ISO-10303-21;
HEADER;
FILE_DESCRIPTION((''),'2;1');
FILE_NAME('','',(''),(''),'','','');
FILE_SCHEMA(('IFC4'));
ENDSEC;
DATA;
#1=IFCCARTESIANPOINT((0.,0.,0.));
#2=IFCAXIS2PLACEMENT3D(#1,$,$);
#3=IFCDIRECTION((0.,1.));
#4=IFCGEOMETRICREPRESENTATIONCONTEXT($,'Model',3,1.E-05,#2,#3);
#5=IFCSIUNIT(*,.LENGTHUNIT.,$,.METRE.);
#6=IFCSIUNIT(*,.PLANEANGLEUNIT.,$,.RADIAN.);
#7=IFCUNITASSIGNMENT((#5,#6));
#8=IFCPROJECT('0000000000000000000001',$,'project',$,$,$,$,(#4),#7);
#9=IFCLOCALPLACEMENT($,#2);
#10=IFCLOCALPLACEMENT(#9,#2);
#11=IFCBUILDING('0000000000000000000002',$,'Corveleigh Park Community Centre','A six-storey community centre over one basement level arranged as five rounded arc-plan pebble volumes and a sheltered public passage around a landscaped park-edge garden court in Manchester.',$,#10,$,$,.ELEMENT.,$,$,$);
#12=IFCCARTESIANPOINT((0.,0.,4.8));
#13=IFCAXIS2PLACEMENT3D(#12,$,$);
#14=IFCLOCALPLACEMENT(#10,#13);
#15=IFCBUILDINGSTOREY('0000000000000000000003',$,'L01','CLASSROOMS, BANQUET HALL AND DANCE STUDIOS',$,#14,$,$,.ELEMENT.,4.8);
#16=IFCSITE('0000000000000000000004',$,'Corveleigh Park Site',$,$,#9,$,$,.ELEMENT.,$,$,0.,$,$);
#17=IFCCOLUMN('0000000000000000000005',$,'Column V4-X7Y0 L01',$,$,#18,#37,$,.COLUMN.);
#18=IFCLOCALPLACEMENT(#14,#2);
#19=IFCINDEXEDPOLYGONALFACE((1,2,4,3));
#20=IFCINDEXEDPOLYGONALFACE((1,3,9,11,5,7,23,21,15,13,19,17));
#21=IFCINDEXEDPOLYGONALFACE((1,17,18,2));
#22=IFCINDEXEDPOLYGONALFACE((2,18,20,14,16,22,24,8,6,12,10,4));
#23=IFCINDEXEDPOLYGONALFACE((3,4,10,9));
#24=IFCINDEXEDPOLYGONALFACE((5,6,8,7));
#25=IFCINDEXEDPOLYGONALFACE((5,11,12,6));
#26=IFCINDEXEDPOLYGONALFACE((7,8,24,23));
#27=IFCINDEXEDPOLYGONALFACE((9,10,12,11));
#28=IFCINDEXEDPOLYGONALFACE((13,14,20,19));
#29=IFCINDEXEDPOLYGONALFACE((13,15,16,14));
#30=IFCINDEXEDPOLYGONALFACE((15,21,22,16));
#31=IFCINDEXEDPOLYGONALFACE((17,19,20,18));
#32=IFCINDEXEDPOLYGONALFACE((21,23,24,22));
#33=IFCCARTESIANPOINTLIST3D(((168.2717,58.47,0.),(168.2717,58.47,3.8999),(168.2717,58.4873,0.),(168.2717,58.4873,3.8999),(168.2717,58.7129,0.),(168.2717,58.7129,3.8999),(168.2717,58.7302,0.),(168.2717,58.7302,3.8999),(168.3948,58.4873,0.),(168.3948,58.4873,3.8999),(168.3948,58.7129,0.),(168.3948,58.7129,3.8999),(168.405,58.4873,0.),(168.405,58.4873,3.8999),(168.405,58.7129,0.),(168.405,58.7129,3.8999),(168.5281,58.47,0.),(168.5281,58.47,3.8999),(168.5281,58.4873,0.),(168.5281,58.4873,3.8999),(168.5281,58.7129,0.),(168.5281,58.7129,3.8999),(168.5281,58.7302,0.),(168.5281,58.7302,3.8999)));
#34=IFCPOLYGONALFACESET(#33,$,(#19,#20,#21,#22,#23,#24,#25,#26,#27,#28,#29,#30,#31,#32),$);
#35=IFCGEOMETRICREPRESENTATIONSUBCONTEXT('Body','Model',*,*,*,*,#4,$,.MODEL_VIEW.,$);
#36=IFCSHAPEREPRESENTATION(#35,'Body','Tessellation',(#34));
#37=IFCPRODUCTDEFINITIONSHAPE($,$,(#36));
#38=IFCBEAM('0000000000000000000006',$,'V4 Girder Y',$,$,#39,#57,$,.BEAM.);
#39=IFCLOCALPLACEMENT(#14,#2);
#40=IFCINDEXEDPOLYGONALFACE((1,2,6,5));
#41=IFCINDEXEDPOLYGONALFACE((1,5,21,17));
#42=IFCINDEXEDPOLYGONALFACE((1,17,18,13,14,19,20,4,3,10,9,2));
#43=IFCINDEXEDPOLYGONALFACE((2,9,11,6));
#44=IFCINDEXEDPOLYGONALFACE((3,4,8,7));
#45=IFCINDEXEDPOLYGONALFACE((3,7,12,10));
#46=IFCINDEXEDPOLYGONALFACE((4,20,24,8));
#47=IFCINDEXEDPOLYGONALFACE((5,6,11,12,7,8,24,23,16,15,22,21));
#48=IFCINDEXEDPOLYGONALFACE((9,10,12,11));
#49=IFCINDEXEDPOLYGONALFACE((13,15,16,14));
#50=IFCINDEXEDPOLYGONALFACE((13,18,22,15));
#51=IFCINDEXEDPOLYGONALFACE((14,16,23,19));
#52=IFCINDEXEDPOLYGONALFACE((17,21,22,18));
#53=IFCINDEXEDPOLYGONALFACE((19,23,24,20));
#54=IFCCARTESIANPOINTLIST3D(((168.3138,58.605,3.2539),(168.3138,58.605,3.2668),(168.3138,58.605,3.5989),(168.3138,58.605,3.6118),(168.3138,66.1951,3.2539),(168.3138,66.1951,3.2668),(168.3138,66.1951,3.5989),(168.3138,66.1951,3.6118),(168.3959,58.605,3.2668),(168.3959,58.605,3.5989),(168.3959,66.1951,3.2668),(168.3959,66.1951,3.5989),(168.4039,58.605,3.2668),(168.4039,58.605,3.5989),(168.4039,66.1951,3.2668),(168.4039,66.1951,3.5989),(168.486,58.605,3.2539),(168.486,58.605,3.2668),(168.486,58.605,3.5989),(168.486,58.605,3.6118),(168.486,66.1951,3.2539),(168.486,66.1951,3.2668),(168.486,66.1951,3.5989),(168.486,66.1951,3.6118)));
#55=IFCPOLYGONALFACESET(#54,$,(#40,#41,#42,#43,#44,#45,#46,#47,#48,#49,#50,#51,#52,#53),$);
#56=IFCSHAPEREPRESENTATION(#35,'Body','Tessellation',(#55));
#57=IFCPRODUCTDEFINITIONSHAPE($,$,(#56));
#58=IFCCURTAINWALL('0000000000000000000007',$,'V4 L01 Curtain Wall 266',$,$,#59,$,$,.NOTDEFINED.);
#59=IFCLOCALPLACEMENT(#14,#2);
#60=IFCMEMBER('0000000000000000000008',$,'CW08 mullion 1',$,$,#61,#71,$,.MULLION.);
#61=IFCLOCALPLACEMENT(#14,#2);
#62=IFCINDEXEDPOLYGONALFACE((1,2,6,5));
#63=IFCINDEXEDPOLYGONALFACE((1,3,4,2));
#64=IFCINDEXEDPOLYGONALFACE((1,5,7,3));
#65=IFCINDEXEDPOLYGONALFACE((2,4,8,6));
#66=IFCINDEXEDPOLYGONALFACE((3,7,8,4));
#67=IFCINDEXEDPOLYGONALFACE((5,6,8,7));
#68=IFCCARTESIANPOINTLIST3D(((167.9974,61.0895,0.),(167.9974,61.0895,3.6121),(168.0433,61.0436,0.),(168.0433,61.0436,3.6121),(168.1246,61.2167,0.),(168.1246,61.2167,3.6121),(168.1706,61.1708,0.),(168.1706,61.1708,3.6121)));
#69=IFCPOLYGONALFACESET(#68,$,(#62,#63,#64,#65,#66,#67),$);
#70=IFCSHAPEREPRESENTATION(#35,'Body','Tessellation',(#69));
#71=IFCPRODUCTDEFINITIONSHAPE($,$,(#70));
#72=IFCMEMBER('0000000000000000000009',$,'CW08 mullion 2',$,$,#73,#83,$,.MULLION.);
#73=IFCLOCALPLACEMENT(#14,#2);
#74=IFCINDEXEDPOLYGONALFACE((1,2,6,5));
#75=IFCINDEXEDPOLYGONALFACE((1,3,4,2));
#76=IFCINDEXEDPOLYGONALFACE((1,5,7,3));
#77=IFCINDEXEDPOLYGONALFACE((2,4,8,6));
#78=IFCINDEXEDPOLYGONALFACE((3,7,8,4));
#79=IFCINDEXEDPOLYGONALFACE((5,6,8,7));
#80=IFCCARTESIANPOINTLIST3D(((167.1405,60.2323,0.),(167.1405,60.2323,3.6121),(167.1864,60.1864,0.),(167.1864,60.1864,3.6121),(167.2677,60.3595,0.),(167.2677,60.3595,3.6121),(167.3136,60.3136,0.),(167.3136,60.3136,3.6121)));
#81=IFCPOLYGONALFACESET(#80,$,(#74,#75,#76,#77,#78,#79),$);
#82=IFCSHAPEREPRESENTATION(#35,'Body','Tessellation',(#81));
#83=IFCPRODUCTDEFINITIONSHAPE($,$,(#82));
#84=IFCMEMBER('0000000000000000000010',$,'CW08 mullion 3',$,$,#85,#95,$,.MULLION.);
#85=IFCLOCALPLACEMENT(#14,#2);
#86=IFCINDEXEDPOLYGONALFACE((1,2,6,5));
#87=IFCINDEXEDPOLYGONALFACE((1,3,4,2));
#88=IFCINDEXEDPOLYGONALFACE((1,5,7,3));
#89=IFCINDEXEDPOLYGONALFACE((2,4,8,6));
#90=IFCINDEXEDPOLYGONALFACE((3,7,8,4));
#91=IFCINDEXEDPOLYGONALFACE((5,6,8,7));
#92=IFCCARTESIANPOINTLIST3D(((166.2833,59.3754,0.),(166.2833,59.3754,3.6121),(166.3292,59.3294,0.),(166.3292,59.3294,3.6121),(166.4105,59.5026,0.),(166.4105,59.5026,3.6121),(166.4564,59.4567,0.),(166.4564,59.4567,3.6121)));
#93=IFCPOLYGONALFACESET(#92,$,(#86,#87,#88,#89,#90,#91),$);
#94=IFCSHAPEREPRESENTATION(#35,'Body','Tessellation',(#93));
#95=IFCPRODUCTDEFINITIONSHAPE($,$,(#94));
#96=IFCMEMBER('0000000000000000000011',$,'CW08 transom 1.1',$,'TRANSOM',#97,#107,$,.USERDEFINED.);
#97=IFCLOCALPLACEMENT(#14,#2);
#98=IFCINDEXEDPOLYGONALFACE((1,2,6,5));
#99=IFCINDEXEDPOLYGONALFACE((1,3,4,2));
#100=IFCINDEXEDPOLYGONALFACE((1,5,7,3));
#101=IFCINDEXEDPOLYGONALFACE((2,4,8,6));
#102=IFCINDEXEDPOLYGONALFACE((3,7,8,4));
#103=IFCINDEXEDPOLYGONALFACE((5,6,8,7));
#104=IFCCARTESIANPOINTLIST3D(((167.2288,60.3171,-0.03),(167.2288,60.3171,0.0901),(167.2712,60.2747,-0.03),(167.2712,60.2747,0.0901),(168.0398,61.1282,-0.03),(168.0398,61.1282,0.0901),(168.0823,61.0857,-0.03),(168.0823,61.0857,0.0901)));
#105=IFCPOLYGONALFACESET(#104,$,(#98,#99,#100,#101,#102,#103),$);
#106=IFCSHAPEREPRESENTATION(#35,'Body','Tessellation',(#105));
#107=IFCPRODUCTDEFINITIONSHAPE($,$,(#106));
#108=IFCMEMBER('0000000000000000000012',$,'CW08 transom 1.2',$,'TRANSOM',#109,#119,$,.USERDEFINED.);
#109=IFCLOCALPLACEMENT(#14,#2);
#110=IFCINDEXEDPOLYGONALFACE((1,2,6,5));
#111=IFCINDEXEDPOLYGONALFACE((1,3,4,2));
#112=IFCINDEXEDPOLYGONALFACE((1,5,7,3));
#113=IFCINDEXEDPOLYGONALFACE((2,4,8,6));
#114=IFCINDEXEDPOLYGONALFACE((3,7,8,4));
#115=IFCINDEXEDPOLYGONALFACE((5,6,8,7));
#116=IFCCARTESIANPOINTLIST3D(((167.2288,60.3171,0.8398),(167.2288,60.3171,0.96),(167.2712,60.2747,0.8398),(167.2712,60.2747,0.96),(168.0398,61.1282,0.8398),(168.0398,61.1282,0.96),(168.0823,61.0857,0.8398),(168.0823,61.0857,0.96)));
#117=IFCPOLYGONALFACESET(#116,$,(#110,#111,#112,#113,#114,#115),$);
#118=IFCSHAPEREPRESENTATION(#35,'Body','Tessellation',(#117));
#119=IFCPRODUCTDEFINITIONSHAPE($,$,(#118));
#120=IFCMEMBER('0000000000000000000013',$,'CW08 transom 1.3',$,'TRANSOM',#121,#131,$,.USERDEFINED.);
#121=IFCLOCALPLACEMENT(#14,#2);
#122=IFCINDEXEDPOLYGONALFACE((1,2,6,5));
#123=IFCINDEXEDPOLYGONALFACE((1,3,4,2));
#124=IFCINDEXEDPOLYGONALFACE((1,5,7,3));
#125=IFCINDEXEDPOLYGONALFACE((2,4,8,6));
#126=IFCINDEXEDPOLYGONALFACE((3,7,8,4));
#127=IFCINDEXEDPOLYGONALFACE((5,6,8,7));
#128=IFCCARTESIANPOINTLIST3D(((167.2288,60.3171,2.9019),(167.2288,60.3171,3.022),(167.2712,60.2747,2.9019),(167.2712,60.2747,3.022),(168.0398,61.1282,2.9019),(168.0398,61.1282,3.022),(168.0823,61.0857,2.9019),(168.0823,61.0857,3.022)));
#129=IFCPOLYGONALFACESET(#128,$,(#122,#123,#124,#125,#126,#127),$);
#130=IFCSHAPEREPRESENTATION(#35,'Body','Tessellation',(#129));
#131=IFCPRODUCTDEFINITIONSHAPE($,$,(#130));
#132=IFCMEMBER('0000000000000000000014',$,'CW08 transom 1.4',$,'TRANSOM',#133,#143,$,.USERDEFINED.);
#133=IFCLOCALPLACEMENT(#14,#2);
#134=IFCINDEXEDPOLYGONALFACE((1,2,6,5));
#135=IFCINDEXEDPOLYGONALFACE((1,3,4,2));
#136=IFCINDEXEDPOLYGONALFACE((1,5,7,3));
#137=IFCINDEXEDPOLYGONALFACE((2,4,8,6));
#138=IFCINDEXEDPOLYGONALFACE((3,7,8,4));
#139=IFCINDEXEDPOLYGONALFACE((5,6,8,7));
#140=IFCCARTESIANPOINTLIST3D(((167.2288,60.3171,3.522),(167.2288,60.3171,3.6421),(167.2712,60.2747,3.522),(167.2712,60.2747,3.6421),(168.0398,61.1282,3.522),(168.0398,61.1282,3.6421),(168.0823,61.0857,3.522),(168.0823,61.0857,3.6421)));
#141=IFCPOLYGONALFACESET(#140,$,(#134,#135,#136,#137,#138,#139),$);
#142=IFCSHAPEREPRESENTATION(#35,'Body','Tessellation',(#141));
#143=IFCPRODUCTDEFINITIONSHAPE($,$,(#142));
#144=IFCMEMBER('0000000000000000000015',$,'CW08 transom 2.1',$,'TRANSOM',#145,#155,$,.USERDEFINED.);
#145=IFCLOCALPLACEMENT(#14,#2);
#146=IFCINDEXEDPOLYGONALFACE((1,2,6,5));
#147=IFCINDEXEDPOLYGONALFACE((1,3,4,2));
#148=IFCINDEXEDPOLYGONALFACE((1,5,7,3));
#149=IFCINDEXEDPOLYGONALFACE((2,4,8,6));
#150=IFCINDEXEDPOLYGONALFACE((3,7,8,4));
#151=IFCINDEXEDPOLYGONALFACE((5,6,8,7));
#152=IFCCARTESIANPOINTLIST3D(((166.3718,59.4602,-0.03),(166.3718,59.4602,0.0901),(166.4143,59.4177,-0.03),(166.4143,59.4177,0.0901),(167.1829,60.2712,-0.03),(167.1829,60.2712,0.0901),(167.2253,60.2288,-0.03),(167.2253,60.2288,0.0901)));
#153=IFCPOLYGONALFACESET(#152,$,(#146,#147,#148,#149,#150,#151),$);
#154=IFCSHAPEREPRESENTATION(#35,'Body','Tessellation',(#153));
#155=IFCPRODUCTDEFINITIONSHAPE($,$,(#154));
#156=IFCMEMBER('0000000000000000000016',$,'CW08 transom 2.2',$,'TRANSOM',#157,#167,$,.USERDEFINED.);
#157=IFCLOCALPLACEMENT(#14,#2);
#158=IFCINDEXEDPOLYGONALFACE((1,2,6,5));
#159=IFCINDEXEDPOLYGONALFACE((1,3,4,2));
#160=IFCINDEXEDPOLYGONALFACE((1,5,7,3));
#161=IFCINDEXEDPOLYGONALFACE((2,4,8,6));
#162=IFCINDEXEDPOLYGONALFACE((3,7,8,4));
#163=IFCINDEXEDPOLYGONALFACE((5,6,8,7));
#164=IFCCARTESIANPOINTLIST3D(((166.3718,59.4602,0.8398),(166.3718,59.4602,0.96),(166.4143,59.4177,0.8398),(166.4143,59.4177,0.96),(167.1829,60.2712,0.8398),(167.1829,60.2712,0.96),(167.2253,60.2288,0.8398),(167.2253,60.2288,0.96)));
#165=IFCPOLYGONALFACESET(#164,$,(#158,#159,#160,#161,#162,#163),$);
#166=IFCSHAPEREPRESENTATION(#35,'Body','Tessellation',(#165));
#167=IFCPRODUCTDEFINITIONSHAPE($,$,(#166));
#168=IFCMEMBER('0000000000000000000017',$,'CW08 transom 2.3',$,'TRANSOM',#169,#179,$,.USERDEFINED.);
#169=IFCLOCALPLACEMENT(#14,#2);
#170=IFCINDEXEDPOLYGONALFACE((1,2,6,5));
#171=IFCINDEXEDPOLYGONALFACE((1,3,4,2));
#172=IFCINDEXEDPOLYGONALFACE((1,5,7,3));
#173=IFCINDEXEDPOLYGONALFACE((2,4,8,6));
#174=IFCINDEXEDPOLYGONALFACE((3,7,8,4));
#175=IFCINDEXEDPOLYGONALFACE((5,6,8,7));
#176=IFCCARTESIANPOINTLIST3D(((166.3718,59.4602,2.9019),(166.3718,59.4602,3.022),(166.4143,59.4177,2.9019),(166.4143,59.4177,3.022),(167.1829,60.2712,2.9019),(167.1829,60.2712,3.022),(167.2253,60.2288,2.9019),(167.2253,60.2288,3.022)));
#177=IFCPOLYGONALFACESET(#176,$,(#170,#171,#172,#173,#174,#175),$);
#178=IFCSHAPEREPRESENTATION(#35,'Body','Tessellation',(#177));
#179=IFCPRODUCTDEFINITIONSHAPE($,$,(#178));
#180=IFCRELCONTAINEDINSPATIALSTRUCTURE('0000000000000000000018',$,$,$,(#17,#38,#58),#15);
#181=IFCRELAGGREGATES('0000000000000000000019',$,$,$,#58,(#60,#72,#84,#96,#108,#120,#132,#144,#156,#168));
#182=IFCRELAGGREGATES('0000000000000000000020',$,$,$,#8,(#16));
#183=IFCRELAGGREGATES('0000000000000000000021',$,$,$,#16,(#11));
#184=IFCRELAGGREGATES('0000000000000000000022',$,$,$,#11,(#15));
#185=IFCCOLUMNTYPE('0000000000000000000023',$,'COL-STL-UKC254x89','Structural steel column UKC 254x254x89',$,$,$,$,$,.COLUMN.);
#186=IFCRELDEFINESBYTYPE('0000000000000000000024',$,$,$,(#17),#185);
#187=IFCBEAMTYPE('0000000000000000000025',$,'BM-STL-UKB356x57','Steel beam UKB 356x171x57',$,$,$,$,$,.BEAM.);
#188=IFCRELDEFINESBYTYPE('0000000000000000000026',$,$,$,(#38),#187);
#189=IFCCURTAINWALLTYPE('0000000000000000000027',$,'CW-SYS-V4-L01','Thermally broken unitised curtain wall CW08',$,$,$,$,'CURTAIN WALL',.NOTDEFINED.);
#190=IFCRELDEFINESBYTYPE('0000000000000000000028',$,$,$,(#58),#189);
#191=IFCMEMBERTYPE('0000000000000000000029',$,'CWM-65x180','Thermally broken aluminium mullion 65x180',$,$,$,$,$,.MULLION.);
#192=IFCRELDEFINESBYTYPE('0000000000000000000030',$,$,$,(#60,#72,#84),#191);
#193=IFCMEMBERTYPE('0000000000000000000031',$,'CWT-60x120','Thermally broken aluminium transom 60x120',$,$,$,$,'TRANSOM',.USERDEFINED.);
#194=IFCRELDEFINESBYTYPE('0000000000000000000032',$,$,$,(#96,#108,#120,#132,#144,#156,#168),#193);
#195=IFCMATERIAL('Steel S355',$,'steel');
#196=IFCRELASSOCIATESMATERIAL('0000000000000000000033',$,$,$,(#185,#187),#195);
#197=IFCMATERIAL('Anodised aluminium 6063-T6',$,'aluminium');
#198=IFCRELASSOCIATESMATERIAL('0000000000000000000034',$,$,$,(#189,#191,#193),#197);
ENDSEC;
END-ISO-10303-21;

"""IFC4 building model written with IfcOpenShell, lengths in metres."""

from ifc_helpers import new_model, si_unit, direction, frame, origin, origin_2d, place, context, subcontext, project, spatial, rectangle, i_section, extrude, material, material_profile, profile_set, type_object, element, aggregate, save


model = new_model("IFC4")

# Units and contexts
model_context = context("Model", 3, precision=1e-05, world=origin(), true_north=direction((0.0, 1.0)))
body_context = subcontext(model_context, "Body", "Model", "MODEL_VIEW")
ifc_project = project(units=[si_unit("LENGTHUNIT", "METRE"), si_unit("PLANEANGLEUNIT", "RADIAN")], contexts=[model_context])

# Site, building, storey
site_placement = place(None, origin())
site = spatial("IfcSite", under=ifc_project, at=site_placement, Name="Corveleigh Park Site", CompositionType="ELEMENT", RefElevation=0.0)
building_placement = place(site_placement, origin())
building = spatial("IfcBuilding", under=site, at=building_placement, Name="Corveleigh Park Community Centre", Description="A six-storey community centre over one basement level arranged as five rounded arc-plan pebble volumes and a sheltered public passage around a landscaped park-edge garden court in Manchester.", CompositionType="ELEMENT")
storey_placement = place(building_placement, frame((0.0, 0.0, 4.8)))
storey = spatial("IfcBuildingStorey", under=building, at=storey_placement, Name="L01", Description="CLASSROOMS, BANQUET HALL AND DANCE STUDIOS", CompositionType="ELEMENT", Elevation=4.8)

# Column
ifc_material_1 = material(Name="Steel S355", Category="steel")
ifc_material_profile_1 = material_profile(ifc_material_1, i_section(OverallWidth=0.2563, OverallDepth=0.2603, WebThickness=0.0103, FlangeThickness=0.0173, at=origin_2d()), Name="UKC 254x254x89", Category="steel")
ifc_profile_set_1 = profile_set([ifc_material_profile_1], Name="Steel S355")
column_type = type_object("IfcColumnType", Name="COL-STL-UKC254x89", Description="Structural steel column UKC 254x254x89", PredefinedType="COLUMN", material=ifc_profile_set_1)
column_placement = place(storey_placement, frame((168.3999, 58.6001, 0.0), z_axis=(0.0, 0.0, 1.0), x_axis=(1.0, 0.0, 0.0)))
element("IfcColumn", 1, at=column_placement, inside=storey, type_object=column_type, Name="Column V4-X7Y0 L01", PredefinedType="COLUMN", context=body_context, shape_type="SweptSolid", body=[
    extrude(i_section(OverallWidth=0.2563, OverallDepth=0.2603, WebThickness=0.0103, FlangeThickness=0.0173, at=origin_2d()), origin(), (0.0, 0.0, 1.0), 3.8999),
])

# Beam
ifc_material_profile_2 = material_profile(ifc_material_1, i_section(OverallWidth=0.1721, OverallDepth=0.3579, WebThickness=0.0081, FlangeThickness=0.0129, at=origin_2d()), Name="UKB 356x171x57", Category="steel")
ifc_profile_set_2 = profile_set([ifc_material_profile_2], Name="Steel S355")
beam_type = type_object("IfcBeamType", Name="BM-STL-UKB356x57", Description="Steel beam UKB 356x171x57", PredefinedType="BEAM", material=ifc_profile_set_2)
beam_placement = place(storey_placement, frame((168.3999, 58.605, 3.4329), z_axis=(0.0, 1.0, 0.0), x_axis=(-1.0, 0.0, 0.0)))
element("IfcBeam", 2, at=beam_placement, inside=storey, type_object=beam_type, Name="V4 Girder Y", PredefinedType="BEAM", context=body_context, shape_type="SweptSolid", body=[
    extrude(i_section(OverallWidth=0.1721, OverallDepth=0.3579, WebThickness=0.0081, FlangeThickness=0.0129, at=origin_2d()), origin(), (0.0, 0.0, 1.0), 7.5901),
])

# Curtain wall, members
ifc_material_2 = material(Name="Anodised aluminium 6063-T6", Category="aluminium")
curtain_wall_type = type_object("IfcCurtainWallType", Name="CW-SYS-V4-L01", Description="Thermally broken unitised curtain wall CW08", ElementType="CURTAIN WALL", PredefinedType="NOTDEFINED", material=ifc_material_2)
curtain_wall_placement = place(storey_placement, origin())
curtain_wall = element("IfcCurtainWall", 3, at=curtain_wall_placement, inside=storey, type_object=curtain_wall_type, Name="V4 L01 Curtain Wall 266", PredefinedType="NOTDEFINED")
ifc_material_profile_3 = material_profile(ifc_material_2, rectangle(XDim=0.0649, YDim=0.1799, at=origin_2d()), Name="ALU-M65x180", Category="aluminium")
ifc_profile_set_3 = profile_set([ifc_material_profile_3], Name="Anodised aluminium 6063-T6")
member_type_1 = type_object("IfcMemberType", Name="CWM-65x180", Description="Thermally broken aluminium mullion 65x180", PredefinedType="MULLION", material=ifc_profile_set_3)
member_1_placement = place(storey_placement, frame((168.084, 61.1301, 0.0), z_axis=(0.0, 0.0, 1.0), x_axis=(0.707107, -0.707107, 0.0)))
member_1 = element("IfcMember", 4, at=member_1_placement, type_object=member_type_1, Name="CW08 mullion 1", PredefinedType="MULLION", context=body_context, shape_type="SweptSolid", body=[
    extrude(rectangle(XDim=0.0649, YDim=0.1799, at=origin_2d()), origin(), (0.0, 0.0, 1.0), 3.6121),
])
member_2_placement = place(storey_placement, frame((167.2271, 60.2729, 0.0), z_axis=(0.0, 0.0, 1.0), x_axis=(0.707107, -0.707107, 0.0)))
member_2 = element("IfcMember", 5, at=member_2_placement, type_object=member_type_1, Name="CW08 mullion 2", PredefinedType="MULLION", context=body_context, shape_type="SweptSolid", body=[
    extrude(rectangle(XDim=0.0649, YDim=0.1799, at=origin_2d()), origin(), (0.0, 0.0, 1.0), 3.6121),
])
member_3_placement = place(storey_placement, frame((166.3699, 59.416, 0.0), z_axis=(0.0, 0.0, 1.0), x_axis=(0.707107, -0.707107, 0.0)))
member_3 = element("IfcMember", 6, at=member_3_placement, type_object=member_type_1, Name="CW08 mullion 3", PredefinedType="MULLION", context=body_context, shape_type="SweptSolid", body=[
    extrude(rectangle(XDim=0.0649, YDim=0.1799, at=origin_2d()), origin(), (0.0, 0.0, 1.0), 3.6121),
])
ifc_material_profile_4 = material_profile(ifc_material_2, rectangle(XDim=0.0601, YDim=0.1201, at=origin_2d()), Name="ALU-T60x120", Category="aluminium")
ifc_profile_set_4 = profile_set([ifc_material_profile_4], Name="Anodised aluminium 6063-T6")
member_type_2 = type_object("IfcMemberType", Name="CWT-60x120", Description="Thermally broken aluminium transom 60x120", ElementType="TRANSOM", PredefinedType="USERDEFINED", material=ifc_profile_set_4)
member_4_placement = place(storey_placement, frame((168.061, 61.1069, 0.03), z_axis=(-0.707107, -0.707107, 0.0), x_axis=(0.707107, -0.707107, 0.0)))
member_4 = element("IfcMember", 7, at=member_4_placement, type_object=member_type_2, Name="CW08 transom 1.1", ObjectType="TRANSOM", PredefinedType="USERDEFINED", context=body_context, shape_type="SweptSolid", body=[
    extrude(rectangle(XDim=0.0601, YDim=0.1201, at=origin_2d()), origin(), (0.0, 0.0, 1.0), 1.147),
])
member_5_placement = place(storey_placement, frame((168.061, 61.1069, 0.8999), z_axis=(-0.707107, -0.707107, 0.0), x_axis=(0.707107, -0.707107, 0.0)))
member_5 = element("IfcMember", 8, at=member_5_placement, type_object=member_type_2, Name="CW08 transom 1.2", ObjectType="TRANSOM", PredefinedType="USERDEFINED", context=body_context, shape_type="SweptSolid", body=[
    extrude(rectangle(XDim=0.0601, YDim=0.1201, at=origin_2d()), origin(), (0.0, 0.0, 1.0), 1.147),
])
member_6_placement = place(storey_placement, frame((168.061, 61.1069, 2.9619), z_axis=(-0.707107, -0.707107, 0.0), x_axis=(0.707107, -0.707107, 0.0)))
member_6 = element("IfcMember", 9, at=member_6_placement, type_object=member_type_2, Name="CW08 transom 1.3", ObjectType="TRANSOM", PredefinedType="USERDEFINED", context=body_context, shape_type="SweptSolid", body=[
    extrude(rectangle(XDim=0.0601, YDim=0.1201, at=origin_2d()), origin(), (0.0, 0.0, 1.0), 1.147),
])
member_7_placement = place(storey_placement, frame((168.061, 61.1069, 3.582), z_axis=(-0.707107, -0.707107, 0.0), x_axis=(0.707107, -0.707107, 0.0)))
member_7 = element("IfcMember", 10, at=member_7_placement, type_object=member_type_2, Name="CW08 transom 1.4", ObjectType="TRANSOM", PredefinedType="USERDEFINED", context=body_context, shape_type="SweptSolid", body=[
    extrude(rectangle(XDim=0.0601, YDim=0.1201, at=origin_2d()), origin(), (0.0, 0.0, 1.0), 1.147),
])
member_8_placement = place(storey_placement, frame((167.2041, 60.25, 0.03), z_axis=(-0.707107, -0.707107, 0.0), x_axis=(0.707107, -0.707107, 0.0)))
member_8 = element("IfcMember", 11, at=member_8_placement, type_object=member_type_2, Name="CW08 transom 2.1", ObjectType="TRANSOM", PredefinedType="USERDEFINED", context=body_context, shape_type="SweptSolid", body=[
    extrude(rectangle(XDim=0.0601, YDim=0.1201, at=origin_2d()), origin(), (0.0, 0.0, 1.0), 1.147),
])
member_9_placement = place(storey_placement, frame((167.2041, 60.25, 0.8999), z_axis=(-0.707107, -0.707107, 0.0), x_axis=(0.707107, -0.707107, 0.0)))
member_9 = element("IfcMember", 12, at=member_9_placement, type_object=member_type_2, Name="CW08 transom 2.2", ObjectType="TRANSOM", PredefinedType="USERDEFINED", context=body_context, shape_type="SweptSolid", body=[
    extrude(rectangle(XDim=0.0601, YDim=0.1201, at=origin_2d()), origin(), (0.0, 0.0, 1.0), 1.147),
])
member_10_placement = place(storey_placement, frame((167.2041, 60.25, 2.9619), z_axis=(-0.707107, -0.707107, 0.0), x_axis=(0.707107, -0.707107, 0.0)))
member_10 = element("IfcMember", 13, at=member_10_placement, type_object=member_type_2, Name="CW08 transom 2.3", ObjectType="TRANSOM", PredefinedType="USERDEFINED", context=body_context, shape_type="SweptSolid", body=[
    extrude(rectangle(XDim=0.0601, YDim=0.1201, at=origin_2d()), origin(), (0.0, 0.0, 1.0), 1.147),
])
aggregate(curtain_wall, [member_1, member_2, member_3, member_4, member_5, member_6, member_7, member_8, member_9, member_10])

save(model, "model.ifc")
